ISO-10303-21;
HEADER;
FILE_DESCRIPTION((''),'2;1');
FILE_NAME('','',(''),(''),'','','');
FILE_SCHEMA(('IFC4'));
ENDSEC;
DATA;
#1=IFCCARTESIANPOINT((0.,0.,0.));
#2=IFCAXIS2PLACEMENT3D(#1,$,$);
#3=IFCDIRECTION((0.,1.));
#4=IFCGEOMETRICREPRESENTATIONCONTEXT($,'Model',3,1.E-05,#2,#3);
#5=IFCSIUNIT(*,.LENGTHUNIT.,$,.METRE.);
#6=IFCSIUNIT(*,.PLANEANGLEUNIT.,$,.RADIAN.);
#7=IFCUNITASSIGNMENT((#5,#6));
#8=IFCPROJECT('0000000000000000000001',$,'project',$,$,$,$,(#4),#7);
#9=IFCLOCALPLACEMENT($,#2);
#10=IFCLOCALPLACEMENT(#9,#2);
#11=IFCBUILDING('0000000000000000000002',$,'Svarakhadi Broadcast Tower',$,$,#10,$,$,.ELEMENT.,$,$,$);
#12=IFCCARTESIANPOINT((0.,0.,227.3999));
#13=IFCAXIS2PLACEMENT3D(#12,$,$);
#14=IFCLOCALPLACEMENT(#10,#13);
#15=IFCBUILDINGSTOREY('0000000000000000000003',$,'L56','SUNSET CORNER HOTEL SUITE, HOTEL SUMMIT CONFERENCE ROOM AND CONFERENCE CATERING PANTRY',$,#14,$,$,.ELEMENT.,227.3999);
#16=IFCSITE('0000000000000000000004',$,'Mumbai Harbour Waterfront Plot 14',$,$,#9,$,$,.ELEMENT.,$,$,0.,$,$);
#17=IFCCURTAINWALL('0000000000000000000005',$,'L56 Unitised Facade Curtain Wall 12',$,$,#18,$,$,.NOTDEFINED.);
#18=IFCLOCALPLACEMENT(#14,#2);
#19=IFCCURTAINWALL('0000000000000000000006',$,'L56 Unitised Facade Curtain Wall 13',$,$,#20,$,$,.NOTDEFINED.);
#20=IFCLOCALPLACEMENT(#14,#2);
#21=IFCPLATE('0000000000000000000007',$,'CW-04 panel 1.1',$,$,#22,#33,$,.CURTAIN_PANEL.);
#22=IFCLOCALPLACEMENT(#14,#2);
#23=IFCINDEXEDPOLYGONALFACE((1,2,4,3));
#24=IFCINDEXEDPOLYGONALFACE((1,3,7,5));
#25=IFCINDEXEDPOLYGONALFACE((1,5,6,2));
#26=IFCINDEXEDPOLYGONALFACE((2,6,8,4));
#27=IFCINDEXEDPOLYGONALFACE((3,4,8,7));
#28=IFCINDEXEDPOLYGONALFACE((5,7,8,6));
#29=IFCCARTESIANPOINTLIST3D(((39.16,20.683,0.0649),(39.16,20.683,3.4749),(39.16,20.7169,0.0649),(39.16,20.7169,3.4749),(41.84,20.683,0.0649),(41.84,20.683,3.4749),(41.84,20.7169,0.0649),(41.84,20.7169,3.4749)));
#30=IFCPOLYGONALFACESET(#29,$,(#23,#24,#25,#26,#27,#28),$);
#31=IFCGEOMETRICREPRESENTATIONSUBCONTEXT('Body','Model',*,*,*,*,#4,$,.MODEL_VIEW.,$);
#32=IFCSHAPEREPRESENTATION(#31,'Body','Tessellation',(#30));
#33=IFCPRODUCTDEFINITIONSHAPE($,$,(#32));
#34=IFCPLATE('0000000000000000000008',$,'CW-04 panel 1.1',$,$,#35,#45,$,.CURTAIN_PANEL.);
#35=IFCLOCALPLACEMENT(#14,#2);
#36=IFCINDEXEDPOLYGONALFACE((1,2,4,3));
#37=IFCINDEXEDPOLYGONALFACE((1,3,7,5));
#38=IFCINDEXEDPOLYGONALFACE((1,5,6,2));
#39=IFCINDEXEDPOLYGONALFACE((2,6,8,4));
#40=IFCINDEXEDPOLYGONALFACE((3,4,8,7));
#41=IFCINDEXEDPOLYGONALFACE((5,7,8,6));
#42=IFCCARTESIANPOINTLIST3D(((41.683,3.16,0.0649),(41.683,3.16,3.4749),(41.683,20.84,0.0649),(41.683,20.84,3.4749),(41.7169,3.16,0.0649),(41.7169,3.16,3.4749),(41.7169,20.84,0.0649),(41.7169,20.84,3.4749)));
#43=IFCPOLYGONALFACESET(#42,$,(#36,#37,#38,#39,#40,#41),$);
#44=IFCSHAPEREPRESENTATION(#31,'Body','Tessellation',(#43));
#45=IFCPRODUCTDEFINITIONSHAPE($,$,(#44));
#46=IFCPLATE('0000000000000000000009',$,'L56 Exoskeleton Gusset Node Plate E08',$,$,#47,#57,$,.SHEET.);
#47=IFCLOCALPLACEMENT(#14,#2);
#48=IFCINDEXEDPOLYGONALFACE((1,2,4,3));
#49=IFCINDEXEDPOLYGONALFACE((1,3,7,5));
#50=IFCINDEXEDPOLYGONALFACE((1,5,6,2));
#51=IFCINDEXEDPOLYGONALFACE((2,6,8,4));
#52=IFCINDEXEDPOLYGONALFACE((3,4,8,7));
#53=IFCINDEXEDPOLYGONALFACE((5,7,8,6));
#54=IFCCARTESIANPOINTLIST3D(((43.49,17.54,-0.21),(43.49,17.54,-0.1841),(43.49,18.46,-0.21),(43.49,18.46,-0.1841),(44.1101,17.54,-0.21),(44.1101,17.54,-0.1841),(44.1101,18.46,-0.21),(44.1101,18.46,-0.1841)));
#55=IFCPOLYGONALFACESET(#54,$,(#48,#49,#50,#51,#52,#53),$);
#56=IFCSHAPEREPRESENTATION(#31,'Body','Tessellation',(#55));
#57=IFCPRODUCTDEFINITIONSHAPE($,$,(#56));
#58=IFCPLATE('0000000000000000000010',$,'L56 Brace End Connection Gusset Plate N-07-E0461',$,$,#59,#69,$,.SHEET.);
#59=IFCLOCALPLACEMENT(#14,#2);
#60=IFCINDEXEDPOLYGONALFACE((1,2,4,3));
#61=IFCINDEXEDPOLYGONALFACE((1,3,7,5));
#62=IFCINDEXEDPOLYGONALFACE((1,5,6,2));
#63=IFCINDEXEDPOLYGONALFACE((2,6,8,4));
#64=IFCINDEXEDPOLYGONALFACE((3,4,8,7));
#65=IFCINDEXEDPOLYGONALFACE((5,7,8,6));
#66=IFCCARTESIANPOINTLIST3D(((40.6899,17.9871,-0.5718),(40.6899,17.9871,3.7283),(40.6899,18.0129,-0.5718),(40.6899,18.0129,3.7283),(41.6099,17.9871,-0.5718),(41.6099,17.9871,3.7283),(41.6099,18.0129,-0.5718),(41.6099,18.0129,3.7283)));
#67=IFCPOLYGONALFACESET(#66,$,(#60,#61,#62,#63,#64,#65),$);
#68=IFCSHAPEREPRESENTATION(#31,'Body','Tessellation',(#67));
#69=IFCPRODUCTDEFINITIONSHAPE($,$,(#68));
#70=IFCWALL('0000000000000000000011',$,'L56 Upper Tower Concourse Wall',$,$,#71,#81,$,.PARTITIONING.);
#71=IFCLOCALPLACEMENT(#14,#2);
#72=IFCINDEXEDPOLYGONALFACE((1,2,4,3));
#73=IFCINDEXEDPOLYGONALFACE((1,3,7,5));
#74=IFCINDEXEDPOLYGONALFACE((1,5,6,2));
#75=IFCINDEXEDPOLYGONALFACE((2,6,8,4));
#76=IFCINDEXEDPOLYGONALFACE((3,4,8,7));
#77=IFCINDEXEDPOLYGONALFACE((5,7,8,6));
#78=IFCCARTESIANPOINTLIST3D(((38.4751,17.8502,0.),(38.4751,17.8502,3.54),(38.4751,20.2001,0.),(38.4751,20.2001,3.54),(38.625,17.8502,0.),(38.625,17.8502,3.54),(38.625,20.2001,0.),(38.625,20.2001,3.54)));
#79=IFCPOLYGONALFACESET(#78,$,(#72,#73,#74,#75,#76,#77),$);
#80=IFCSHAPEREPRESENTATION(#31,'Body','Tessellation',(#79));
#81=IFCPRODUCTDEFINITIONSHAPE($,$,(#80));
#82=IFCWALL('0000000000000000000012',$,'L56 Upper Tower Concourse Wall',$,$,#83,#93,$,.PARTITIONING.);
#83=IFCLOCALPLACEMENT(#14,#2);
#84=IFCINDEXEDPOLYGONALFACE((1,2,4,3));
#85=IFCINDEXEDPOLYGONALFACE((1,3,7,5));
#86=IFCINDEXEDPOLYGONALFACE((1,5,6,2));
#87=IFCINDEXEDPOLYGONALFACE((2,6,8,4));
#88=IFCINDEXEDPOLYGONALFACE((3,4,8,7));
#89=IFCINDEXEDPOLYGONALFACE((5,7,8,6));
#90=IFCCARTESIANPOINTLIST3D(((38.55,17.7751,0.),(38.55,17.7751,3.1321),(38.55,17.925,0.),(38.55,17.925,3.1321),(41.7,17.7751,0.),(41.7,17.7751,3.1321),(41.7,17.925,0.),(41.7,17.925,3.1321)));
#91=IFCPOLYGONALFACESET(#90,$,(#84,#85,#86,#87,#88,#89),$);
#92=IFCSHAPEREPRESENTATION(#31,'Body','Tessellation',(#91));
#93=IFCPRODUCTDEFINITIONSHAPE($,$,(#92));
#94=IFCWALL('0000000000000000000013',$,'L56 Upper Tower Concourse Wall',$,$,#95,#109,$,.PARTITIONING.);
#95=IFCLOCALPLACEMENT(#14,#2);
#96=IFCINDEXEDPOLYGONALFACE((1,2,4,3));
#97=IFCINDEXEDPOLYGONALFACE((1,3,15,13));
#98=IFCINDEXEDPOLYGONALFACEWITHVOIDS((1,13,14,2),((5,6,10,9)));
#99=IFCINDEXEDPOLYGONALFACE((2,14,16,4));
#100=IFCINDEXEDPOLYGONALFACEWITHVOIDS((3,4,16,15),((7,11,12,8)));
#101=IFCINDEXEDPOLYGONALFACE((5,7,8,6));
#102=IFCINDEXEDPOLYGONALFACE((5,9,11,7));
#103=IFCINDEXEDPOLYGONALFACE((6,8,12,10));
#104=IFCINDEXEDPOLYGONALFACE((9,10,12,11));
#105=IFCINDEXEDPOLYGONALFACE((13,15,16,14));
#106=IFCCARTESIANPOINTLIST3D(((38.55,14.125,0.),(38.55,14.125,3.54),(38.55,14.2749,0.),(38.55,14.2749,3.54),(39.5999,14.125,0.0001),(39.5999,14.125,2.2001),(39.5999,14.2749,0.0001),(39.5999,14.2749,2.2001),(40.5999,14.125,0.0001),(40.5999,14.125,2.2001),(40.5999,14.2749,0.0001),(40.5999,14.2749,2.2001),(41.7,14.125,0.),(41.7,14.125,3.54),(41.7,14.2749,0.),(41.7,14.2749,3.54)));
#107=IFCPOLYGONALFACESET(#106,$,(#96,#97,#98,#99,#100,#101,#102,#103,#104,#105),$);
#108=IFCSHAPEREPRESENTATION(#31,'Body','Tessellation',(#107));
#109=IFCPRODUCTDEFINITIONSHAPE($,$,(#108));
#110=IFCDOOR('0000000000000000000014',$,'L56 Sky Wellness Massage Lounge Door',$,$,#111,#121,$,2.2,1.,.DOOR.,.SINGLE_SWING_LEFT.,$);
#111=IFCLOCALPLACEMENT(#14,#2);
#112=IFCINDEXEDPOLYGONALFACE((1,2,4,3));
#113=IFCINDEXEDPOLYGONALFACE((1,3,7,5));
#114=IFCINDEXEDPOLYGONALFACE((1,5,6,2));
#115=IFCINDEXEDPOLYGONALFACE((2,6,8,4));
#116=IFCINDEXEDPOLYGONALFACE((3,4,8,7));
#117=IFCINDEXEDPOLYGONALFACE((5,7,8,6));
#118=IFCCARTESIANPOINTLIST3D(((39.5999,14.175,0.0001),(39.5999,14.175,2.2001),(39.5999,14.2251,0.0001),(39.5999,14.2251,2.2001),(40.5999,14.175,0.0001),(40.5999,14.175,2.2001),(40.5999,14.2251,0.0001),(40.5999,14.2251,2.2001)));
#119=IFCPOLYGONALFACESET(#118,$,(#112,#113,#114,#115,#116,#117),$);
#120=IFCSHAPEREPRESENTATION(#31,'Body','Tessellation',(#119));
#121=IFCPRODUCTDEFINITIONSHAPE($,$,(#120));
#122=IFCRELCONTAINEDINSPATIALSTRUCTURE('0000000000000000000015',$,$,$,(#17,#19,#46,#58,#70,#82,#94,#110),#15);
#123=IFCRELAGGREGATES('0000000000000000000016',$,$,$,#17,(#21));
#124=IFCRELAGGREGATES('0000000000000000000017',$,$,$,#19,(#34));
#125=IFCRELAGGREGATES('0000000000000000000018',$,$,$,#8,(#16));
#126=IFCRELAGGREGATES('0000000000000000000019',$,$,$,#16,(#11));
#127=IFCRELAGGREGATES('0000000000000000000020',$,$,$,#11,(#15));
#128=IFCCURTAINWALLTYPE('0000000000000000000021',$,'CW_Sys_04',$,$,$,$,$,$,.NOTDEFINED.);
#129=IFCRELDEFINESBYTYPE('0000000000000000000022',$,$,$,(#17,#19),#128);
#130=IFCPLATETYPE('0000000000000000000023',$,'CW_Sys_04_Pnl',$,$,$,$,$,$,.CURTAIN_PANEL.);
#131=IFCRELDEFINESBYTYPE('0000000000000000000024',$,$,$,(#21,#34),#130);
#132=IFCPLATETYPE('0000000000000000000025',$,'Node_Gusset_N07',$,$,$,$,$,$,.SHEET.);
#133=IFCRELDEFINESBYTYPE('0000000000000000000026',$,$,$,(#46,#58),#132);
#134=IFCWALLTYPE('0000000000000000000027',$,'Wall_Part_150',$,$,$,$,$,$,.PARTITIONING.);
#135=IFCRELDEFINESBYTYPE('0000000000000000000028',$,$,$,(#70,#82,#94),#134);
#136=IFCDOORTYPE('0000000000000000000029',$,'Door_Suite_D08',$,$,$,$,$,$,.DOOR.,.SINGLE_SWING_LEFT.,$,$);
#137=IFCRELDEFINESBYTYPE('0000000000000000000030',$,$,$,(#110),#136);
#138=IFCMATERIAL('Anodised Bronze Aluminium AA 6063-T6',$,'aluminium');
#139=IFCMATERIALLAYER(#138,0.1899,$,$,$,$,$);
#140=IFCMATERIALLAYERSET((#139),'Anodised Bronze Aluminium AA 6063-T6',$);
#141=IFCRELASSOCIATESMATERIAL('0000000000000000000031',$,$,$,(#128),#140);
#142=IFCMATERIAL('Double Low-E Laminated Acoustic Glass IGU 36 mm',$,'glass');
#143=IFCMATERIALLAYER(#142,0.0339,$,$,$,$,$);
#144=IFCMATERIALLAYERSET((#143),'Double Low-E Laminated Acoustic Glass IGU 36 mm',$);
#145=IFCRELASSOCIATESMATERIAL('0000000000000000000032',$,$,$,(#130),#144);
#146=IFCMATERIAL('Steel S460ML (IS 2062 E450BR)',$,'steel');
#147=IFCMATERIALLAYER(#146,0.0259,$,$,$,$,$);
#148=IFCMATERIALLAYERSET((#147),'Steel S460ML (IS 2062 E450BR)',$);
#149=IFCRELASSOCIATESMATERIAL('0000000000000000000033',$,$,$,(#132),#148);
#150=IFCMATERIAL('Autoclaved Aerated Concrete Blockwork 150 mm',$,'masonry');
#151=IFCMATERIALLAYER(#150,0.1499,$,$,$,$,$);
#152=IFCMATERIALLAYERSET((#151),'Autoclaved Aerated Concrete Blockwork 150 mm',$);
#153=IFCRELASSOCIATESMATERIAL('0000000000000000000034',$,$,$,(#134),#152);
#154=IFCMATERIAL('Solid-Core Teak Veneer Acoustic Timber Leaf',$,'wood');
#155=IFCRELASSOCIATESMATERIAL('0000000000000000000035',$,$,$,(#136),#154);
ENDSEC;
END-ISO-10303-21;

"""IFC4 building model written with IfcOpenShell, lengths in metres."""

from ifc_helpers import new_model, si_unit, direction, frame, frame_2d, origin, origin_2d, place, context, subcontext, project, spatial, rectangle, extrude, material, layer, layer_set, type_object, element, fill, aggregate, save


model = new_model("IFC4")

# Units and contexts
model_context = context("Model", 3, precision=1e-05, world=origin(), true_north=direction((0.0, 1.0)))
body_context = subcontext(model_context, "Body", "Model", "MODEL_VIEW")
ifc_project = project(units=[si_unit("LENGTHUNIT", "METRE"), si_unit("PLANEANGLEUNIT", "RADIAN")], contexts=[model_context])

# Site, building, storey
site_placement = place(None, origin())
site = spatial("IfcSite", under=ifc_project, at=site_placement, Name="Mumbai Harbour Waterfront Plot 14", CompositionType="ELEMENT", RefElevation=0.0)
building_placement = place(site_placement, origin())
building = spatial("IfcBuilding", under=site, at=building_placement, Name="Svarakhadi Broadcast Tower", CompositionType="ELEMENT")
storey_placement = place(building_placement, frame((0.0, 0.0, 227.3999)))
storey = spatial("IfcBuildingStorey", under=building, at=storey_placement, Name="L56", Description="SUNSET CORNER HOTEL SUITE, HOTEL SUMMIT CONFERENCE ROOM AND CONFERENCE CATERING PANTRY", CompositionType="ELEMENT", Elevation=227.3999)

# Shared definitions
ifc_material_1 = material(Name="Steel S460ML (IS 2062 E450BR)", Category="steel")

# Shared definitions
ifc_material_2 = material(Name="Anodised Bronze Aluminium AA 6063-T6", Category="aluminium")
ifc_layer_1 = layer(ifc_material_2, 0.1899)
ifc_layer_set_1 = layer_set([ifc_layer_1], Name="Anodised Bronze Aluminium AA 6063-T6")
curtain_wall_type = type_object("IfcCurtainWallType", Name="CW_Sys_04", PredefinedType="NOTDEFINED", material=ifc_layer_set_1)

# Curtain wall
curtain_wall_1_placement = place(storey_placement, origin())
curtain_wall_1 = element("IfcCurtainWall", 1, at=curtain_wall_1_placement, inside=storey, type_object=curtain_wall_type, Name="L56 Unitised Facade Curtain Wall 12", PredefinedType="NOTDEFINED")

# Curtain wall
curtain_wall_2_placement = place(storey_placement, origin())
curtain_wall_2 = element("IfcCurtainWall", 2, at=curtain_wall_2_placement, inside=storey, type_object=curtain_wall_type, Name="L56 Unitised Facade Curtain Wall 13", PredefinedType="NOTDEFINED")

# Plates
ifc_material_3 = material(Name="Double Low-E Laminated Acoustic Glass IGU 36 mm", Category="glass")
ifc_layer_2 = layer(ifc_material_3, 0.0339)
ifc_layer_set_2 = layer_set([ifc_layer_2], Name="Double Low-E Laminated Acoustic Glass IGU 36 mm")
plate_type_1 = type_object("IfcPlateType", Name="CW_Sys_04_Pnl", PredefinedType="CURTAIN_PANEL", material=ifc_layer_set_2)
plate_1_placement = place(storey_placement, frame((40.5, 20.7, 0.0649), z_axis=(0.0, 0.0, 1.0), x_axis=(1.0, 0.0, 0.0)))
plate_1 = element("IfcPlate", 3, at=plate_1_placement, type_object=plate_type_1, Name="CW-04 panel 1.1", PredefinedType="CURTAIN_PANEL", context=body_context, shape_type="SweptSolid", body=[
    extrude(rectangle(XDim=2.6799, YDim=0.0339, at=origin_2d()), origin(), (0.0, 0.0, 1.0), 3.4099),
])
aggregate(curtain_wall_1, [plate_1])
plate_2_placement = place(storey_placement, frame((41.7, 12.0, 0.0649), z_axis=(0.0, 0.0, 1.0), x_axis=(0.0, -1.0, 0.0)))
plate_2 = element("IfcPlate", 4, at=plate_2_placement, type_object=plate_type_1, Name="CW-04 panel 1.1", PredefinedType="CURTAIN_PANEL", context=body_context, shape_type="SweptSolid", body=[
    extrude(rectangle(XDim=17.6799, YDim=0.0339, at=origin_2d()), origin(), (0.0, 0.0, 1.0), 3.4099),
])
aggregate(curtain_wall_2, [plate_2])

# Plates
ifc_layer_3 = layer(ifc_material_1, 0.0259)
ifc_layer_set_3 = layer_set([ifc_layer_3], Name="Steel S460ML (IS 2062 E450BR)")
plate_type_2 = type_object("IfcPlateType", Name="Node_Gusset_N07", PredefinedType="SHEET", material=ifc_layer_set_3)
plate_3_placement = place(storey_placement, frame((43.8, 18.0, -0.21), z_axis=(0.0, 0.0, 1.0), x_axis=(0.0, 1.0, 0.0)))
element("IfcPlate", 5, at=plate_3_placement, inside=storey, type_object=plate_type_2, Name="L56 Exoskeleton Gusset Node Plate E08", PredefinedType="SHEET", context=body_context, shape_type="SweptSolid", body=[
    extrude(rectangle(XDim=0.9199, YDim=0.6201, at=origin_2d()), origin(), (0.0, 0.0, 1.0), 0.0259),
])
plate_4_placement = place(storey_placement, frame((41.1499, 18.0, -0.5718), z_axis=(0.0, 0.0, 1.0), x_axis=(1.0, 0.0, 0.0)))
element("IfcPlate", 6, at=plate_4_placement, inside=storey, type_object=plate_type_2, Name="L56 Brace End Connection Gusset Plate N-07-E0461", PredefinedType="SHEET", context=body_context, shape_type="SweptSolid", body=[
    extrude(rectangle(XDim=0.9199, YDim=0.0259, at=origin_2d()), origin(), (0.0, 0.0, 1.0), 4.3),
])

# Walls
ifc_material_4 = material(Name="Autoclaved Aerated Concrete Blockwork 150 mm", Category="masonry")
ifc_layer_4 = layer(ifc_material_4, 0.1499)
ifc_layer_set_4 = layer_set([ifc_layer_4], Name="Autoclaved Aerated Concrete Blockwork 150 mm")
wall_type = type_object("IfcWallType", Name="Wall_Part_150", PredefinedType="PARTITIONING", material=ifc_layer_set_4)
wall_1_placement = place(storey_placement, frame((38.55, 20.2, 0.0), z_axis=(0.0, 0.0, 1.0), x_axis=(0.0, -1.0, 0.0)))
element("IfcWall", 7, at=wall_1_placement, inside=storey, type_object=wall_type, Name="L56 Upper Tower Concourse Wall", PredefinedType="PARTITIONING", context=body_context, shape_type="SweptSolid", body=[
    extrude(rectangle(XDim=2.3499, YDim=0.1499, at=frame_2d((1.1748, 0.0))), origin(), (0.0, 0.0, 1.0), 3.54),
])
wall_2_placement = place(storey_placement, frame((38.55, 17.8501, 0.0), z_axis=(0.0, 0.0, 1.0), x_axis=(1.0, 0.0, 0.0)))
element("IfcWall", 8, at=wall_2_placement, inside=storey, type_object=wall_type, Name="L56 Upper Tower Concourse Wall", PredefinedType="PARTITIONING", context=body_context, shape_type="SweptSolid", body=[
    extrude(rectangle(XDim=3.1499, YDim=0.1499, at=frame_2d((1.575, 0.0))), origin(), (0.0, 0.0, 1.0), 3.1321),
])

# Wall, opening, door
wall_3_placement = place(storey_placement, frame((41.7, 14.2, 0.0), z_axis=(0.0, 0.0, 1.0), x_axis=(-1.0, 0.0, 0.0)))
wall_3 = element("IfcWall", 9, at=wall_3_placement, inside=storey, type_object=wall_type, Name="L56 Upper Tower Concourse Wall", PredefinedType="PARTITIONING", context=body_context, shape_type="SweptSolid", body=[
    extrude(rectangle(XDim=3.1499, YDim=0.1499, at=frame_2d((1.575, 0.0))), origin(), (0.0, 0.0, 1.0), 3.54),
])
opening_placement = place(wall_3_placement, frame((1.1001, 0.0, 0.0)))
opening = element("IfcOpeningElement", 10, at=opening_placement, cuts=wall_3, PredefinedType="OPENING", context=body_context, shape_type="SweptSolid", body=[
    extrude(rectangle(XDim=1.0, YDim=2.2, at=frame_2d((0.5, 1.1001))), frame((0.0, 0.085, 0.0), z_axis=(0.0, -1.0, 0.0), x_axis=(1.0, 0.0, 0.0)), (0.0, 0.0, 1.0), 0.1699),
])
ifc_material_5 = material(Name="Solid-Core Teak Veneer Acoustic Timber Leaf", Category="wood")
door_type = type_object("IfcDoorType", Name="Door_Suite_D08", OperationType="SINGLE_SWING_LEFT", PredefinedType="DOOR", material=ifc_material_5)
door_placement = place(opening_placement, origin())
door = element("IfcDoor", 11, at=door_placement, inside=storey, type_object=door_type, Name="L56 Sky Wellness Massage Lounge Door", OperationType="SINGLE_SWING_LEFT", OverallHeight=2.2, OverallWidth=1.0, PredefinedType="DOOR", context=body_context, shape_type="SweptSolid", body=[
    extrude(rectangle(XDim=1.0, YDim=2.2, at=frame_2d((0.5, 1.1001))), frame((0.0, 0.0249, 0.0), z_axis=(0.0, -1.0, 0.0), x_axis=(1.0, 0.0, 0.0)), (0.0, 0.0, 1.0), 0.05),
])
fill(opening, door)

save(model, "model.ifc")
